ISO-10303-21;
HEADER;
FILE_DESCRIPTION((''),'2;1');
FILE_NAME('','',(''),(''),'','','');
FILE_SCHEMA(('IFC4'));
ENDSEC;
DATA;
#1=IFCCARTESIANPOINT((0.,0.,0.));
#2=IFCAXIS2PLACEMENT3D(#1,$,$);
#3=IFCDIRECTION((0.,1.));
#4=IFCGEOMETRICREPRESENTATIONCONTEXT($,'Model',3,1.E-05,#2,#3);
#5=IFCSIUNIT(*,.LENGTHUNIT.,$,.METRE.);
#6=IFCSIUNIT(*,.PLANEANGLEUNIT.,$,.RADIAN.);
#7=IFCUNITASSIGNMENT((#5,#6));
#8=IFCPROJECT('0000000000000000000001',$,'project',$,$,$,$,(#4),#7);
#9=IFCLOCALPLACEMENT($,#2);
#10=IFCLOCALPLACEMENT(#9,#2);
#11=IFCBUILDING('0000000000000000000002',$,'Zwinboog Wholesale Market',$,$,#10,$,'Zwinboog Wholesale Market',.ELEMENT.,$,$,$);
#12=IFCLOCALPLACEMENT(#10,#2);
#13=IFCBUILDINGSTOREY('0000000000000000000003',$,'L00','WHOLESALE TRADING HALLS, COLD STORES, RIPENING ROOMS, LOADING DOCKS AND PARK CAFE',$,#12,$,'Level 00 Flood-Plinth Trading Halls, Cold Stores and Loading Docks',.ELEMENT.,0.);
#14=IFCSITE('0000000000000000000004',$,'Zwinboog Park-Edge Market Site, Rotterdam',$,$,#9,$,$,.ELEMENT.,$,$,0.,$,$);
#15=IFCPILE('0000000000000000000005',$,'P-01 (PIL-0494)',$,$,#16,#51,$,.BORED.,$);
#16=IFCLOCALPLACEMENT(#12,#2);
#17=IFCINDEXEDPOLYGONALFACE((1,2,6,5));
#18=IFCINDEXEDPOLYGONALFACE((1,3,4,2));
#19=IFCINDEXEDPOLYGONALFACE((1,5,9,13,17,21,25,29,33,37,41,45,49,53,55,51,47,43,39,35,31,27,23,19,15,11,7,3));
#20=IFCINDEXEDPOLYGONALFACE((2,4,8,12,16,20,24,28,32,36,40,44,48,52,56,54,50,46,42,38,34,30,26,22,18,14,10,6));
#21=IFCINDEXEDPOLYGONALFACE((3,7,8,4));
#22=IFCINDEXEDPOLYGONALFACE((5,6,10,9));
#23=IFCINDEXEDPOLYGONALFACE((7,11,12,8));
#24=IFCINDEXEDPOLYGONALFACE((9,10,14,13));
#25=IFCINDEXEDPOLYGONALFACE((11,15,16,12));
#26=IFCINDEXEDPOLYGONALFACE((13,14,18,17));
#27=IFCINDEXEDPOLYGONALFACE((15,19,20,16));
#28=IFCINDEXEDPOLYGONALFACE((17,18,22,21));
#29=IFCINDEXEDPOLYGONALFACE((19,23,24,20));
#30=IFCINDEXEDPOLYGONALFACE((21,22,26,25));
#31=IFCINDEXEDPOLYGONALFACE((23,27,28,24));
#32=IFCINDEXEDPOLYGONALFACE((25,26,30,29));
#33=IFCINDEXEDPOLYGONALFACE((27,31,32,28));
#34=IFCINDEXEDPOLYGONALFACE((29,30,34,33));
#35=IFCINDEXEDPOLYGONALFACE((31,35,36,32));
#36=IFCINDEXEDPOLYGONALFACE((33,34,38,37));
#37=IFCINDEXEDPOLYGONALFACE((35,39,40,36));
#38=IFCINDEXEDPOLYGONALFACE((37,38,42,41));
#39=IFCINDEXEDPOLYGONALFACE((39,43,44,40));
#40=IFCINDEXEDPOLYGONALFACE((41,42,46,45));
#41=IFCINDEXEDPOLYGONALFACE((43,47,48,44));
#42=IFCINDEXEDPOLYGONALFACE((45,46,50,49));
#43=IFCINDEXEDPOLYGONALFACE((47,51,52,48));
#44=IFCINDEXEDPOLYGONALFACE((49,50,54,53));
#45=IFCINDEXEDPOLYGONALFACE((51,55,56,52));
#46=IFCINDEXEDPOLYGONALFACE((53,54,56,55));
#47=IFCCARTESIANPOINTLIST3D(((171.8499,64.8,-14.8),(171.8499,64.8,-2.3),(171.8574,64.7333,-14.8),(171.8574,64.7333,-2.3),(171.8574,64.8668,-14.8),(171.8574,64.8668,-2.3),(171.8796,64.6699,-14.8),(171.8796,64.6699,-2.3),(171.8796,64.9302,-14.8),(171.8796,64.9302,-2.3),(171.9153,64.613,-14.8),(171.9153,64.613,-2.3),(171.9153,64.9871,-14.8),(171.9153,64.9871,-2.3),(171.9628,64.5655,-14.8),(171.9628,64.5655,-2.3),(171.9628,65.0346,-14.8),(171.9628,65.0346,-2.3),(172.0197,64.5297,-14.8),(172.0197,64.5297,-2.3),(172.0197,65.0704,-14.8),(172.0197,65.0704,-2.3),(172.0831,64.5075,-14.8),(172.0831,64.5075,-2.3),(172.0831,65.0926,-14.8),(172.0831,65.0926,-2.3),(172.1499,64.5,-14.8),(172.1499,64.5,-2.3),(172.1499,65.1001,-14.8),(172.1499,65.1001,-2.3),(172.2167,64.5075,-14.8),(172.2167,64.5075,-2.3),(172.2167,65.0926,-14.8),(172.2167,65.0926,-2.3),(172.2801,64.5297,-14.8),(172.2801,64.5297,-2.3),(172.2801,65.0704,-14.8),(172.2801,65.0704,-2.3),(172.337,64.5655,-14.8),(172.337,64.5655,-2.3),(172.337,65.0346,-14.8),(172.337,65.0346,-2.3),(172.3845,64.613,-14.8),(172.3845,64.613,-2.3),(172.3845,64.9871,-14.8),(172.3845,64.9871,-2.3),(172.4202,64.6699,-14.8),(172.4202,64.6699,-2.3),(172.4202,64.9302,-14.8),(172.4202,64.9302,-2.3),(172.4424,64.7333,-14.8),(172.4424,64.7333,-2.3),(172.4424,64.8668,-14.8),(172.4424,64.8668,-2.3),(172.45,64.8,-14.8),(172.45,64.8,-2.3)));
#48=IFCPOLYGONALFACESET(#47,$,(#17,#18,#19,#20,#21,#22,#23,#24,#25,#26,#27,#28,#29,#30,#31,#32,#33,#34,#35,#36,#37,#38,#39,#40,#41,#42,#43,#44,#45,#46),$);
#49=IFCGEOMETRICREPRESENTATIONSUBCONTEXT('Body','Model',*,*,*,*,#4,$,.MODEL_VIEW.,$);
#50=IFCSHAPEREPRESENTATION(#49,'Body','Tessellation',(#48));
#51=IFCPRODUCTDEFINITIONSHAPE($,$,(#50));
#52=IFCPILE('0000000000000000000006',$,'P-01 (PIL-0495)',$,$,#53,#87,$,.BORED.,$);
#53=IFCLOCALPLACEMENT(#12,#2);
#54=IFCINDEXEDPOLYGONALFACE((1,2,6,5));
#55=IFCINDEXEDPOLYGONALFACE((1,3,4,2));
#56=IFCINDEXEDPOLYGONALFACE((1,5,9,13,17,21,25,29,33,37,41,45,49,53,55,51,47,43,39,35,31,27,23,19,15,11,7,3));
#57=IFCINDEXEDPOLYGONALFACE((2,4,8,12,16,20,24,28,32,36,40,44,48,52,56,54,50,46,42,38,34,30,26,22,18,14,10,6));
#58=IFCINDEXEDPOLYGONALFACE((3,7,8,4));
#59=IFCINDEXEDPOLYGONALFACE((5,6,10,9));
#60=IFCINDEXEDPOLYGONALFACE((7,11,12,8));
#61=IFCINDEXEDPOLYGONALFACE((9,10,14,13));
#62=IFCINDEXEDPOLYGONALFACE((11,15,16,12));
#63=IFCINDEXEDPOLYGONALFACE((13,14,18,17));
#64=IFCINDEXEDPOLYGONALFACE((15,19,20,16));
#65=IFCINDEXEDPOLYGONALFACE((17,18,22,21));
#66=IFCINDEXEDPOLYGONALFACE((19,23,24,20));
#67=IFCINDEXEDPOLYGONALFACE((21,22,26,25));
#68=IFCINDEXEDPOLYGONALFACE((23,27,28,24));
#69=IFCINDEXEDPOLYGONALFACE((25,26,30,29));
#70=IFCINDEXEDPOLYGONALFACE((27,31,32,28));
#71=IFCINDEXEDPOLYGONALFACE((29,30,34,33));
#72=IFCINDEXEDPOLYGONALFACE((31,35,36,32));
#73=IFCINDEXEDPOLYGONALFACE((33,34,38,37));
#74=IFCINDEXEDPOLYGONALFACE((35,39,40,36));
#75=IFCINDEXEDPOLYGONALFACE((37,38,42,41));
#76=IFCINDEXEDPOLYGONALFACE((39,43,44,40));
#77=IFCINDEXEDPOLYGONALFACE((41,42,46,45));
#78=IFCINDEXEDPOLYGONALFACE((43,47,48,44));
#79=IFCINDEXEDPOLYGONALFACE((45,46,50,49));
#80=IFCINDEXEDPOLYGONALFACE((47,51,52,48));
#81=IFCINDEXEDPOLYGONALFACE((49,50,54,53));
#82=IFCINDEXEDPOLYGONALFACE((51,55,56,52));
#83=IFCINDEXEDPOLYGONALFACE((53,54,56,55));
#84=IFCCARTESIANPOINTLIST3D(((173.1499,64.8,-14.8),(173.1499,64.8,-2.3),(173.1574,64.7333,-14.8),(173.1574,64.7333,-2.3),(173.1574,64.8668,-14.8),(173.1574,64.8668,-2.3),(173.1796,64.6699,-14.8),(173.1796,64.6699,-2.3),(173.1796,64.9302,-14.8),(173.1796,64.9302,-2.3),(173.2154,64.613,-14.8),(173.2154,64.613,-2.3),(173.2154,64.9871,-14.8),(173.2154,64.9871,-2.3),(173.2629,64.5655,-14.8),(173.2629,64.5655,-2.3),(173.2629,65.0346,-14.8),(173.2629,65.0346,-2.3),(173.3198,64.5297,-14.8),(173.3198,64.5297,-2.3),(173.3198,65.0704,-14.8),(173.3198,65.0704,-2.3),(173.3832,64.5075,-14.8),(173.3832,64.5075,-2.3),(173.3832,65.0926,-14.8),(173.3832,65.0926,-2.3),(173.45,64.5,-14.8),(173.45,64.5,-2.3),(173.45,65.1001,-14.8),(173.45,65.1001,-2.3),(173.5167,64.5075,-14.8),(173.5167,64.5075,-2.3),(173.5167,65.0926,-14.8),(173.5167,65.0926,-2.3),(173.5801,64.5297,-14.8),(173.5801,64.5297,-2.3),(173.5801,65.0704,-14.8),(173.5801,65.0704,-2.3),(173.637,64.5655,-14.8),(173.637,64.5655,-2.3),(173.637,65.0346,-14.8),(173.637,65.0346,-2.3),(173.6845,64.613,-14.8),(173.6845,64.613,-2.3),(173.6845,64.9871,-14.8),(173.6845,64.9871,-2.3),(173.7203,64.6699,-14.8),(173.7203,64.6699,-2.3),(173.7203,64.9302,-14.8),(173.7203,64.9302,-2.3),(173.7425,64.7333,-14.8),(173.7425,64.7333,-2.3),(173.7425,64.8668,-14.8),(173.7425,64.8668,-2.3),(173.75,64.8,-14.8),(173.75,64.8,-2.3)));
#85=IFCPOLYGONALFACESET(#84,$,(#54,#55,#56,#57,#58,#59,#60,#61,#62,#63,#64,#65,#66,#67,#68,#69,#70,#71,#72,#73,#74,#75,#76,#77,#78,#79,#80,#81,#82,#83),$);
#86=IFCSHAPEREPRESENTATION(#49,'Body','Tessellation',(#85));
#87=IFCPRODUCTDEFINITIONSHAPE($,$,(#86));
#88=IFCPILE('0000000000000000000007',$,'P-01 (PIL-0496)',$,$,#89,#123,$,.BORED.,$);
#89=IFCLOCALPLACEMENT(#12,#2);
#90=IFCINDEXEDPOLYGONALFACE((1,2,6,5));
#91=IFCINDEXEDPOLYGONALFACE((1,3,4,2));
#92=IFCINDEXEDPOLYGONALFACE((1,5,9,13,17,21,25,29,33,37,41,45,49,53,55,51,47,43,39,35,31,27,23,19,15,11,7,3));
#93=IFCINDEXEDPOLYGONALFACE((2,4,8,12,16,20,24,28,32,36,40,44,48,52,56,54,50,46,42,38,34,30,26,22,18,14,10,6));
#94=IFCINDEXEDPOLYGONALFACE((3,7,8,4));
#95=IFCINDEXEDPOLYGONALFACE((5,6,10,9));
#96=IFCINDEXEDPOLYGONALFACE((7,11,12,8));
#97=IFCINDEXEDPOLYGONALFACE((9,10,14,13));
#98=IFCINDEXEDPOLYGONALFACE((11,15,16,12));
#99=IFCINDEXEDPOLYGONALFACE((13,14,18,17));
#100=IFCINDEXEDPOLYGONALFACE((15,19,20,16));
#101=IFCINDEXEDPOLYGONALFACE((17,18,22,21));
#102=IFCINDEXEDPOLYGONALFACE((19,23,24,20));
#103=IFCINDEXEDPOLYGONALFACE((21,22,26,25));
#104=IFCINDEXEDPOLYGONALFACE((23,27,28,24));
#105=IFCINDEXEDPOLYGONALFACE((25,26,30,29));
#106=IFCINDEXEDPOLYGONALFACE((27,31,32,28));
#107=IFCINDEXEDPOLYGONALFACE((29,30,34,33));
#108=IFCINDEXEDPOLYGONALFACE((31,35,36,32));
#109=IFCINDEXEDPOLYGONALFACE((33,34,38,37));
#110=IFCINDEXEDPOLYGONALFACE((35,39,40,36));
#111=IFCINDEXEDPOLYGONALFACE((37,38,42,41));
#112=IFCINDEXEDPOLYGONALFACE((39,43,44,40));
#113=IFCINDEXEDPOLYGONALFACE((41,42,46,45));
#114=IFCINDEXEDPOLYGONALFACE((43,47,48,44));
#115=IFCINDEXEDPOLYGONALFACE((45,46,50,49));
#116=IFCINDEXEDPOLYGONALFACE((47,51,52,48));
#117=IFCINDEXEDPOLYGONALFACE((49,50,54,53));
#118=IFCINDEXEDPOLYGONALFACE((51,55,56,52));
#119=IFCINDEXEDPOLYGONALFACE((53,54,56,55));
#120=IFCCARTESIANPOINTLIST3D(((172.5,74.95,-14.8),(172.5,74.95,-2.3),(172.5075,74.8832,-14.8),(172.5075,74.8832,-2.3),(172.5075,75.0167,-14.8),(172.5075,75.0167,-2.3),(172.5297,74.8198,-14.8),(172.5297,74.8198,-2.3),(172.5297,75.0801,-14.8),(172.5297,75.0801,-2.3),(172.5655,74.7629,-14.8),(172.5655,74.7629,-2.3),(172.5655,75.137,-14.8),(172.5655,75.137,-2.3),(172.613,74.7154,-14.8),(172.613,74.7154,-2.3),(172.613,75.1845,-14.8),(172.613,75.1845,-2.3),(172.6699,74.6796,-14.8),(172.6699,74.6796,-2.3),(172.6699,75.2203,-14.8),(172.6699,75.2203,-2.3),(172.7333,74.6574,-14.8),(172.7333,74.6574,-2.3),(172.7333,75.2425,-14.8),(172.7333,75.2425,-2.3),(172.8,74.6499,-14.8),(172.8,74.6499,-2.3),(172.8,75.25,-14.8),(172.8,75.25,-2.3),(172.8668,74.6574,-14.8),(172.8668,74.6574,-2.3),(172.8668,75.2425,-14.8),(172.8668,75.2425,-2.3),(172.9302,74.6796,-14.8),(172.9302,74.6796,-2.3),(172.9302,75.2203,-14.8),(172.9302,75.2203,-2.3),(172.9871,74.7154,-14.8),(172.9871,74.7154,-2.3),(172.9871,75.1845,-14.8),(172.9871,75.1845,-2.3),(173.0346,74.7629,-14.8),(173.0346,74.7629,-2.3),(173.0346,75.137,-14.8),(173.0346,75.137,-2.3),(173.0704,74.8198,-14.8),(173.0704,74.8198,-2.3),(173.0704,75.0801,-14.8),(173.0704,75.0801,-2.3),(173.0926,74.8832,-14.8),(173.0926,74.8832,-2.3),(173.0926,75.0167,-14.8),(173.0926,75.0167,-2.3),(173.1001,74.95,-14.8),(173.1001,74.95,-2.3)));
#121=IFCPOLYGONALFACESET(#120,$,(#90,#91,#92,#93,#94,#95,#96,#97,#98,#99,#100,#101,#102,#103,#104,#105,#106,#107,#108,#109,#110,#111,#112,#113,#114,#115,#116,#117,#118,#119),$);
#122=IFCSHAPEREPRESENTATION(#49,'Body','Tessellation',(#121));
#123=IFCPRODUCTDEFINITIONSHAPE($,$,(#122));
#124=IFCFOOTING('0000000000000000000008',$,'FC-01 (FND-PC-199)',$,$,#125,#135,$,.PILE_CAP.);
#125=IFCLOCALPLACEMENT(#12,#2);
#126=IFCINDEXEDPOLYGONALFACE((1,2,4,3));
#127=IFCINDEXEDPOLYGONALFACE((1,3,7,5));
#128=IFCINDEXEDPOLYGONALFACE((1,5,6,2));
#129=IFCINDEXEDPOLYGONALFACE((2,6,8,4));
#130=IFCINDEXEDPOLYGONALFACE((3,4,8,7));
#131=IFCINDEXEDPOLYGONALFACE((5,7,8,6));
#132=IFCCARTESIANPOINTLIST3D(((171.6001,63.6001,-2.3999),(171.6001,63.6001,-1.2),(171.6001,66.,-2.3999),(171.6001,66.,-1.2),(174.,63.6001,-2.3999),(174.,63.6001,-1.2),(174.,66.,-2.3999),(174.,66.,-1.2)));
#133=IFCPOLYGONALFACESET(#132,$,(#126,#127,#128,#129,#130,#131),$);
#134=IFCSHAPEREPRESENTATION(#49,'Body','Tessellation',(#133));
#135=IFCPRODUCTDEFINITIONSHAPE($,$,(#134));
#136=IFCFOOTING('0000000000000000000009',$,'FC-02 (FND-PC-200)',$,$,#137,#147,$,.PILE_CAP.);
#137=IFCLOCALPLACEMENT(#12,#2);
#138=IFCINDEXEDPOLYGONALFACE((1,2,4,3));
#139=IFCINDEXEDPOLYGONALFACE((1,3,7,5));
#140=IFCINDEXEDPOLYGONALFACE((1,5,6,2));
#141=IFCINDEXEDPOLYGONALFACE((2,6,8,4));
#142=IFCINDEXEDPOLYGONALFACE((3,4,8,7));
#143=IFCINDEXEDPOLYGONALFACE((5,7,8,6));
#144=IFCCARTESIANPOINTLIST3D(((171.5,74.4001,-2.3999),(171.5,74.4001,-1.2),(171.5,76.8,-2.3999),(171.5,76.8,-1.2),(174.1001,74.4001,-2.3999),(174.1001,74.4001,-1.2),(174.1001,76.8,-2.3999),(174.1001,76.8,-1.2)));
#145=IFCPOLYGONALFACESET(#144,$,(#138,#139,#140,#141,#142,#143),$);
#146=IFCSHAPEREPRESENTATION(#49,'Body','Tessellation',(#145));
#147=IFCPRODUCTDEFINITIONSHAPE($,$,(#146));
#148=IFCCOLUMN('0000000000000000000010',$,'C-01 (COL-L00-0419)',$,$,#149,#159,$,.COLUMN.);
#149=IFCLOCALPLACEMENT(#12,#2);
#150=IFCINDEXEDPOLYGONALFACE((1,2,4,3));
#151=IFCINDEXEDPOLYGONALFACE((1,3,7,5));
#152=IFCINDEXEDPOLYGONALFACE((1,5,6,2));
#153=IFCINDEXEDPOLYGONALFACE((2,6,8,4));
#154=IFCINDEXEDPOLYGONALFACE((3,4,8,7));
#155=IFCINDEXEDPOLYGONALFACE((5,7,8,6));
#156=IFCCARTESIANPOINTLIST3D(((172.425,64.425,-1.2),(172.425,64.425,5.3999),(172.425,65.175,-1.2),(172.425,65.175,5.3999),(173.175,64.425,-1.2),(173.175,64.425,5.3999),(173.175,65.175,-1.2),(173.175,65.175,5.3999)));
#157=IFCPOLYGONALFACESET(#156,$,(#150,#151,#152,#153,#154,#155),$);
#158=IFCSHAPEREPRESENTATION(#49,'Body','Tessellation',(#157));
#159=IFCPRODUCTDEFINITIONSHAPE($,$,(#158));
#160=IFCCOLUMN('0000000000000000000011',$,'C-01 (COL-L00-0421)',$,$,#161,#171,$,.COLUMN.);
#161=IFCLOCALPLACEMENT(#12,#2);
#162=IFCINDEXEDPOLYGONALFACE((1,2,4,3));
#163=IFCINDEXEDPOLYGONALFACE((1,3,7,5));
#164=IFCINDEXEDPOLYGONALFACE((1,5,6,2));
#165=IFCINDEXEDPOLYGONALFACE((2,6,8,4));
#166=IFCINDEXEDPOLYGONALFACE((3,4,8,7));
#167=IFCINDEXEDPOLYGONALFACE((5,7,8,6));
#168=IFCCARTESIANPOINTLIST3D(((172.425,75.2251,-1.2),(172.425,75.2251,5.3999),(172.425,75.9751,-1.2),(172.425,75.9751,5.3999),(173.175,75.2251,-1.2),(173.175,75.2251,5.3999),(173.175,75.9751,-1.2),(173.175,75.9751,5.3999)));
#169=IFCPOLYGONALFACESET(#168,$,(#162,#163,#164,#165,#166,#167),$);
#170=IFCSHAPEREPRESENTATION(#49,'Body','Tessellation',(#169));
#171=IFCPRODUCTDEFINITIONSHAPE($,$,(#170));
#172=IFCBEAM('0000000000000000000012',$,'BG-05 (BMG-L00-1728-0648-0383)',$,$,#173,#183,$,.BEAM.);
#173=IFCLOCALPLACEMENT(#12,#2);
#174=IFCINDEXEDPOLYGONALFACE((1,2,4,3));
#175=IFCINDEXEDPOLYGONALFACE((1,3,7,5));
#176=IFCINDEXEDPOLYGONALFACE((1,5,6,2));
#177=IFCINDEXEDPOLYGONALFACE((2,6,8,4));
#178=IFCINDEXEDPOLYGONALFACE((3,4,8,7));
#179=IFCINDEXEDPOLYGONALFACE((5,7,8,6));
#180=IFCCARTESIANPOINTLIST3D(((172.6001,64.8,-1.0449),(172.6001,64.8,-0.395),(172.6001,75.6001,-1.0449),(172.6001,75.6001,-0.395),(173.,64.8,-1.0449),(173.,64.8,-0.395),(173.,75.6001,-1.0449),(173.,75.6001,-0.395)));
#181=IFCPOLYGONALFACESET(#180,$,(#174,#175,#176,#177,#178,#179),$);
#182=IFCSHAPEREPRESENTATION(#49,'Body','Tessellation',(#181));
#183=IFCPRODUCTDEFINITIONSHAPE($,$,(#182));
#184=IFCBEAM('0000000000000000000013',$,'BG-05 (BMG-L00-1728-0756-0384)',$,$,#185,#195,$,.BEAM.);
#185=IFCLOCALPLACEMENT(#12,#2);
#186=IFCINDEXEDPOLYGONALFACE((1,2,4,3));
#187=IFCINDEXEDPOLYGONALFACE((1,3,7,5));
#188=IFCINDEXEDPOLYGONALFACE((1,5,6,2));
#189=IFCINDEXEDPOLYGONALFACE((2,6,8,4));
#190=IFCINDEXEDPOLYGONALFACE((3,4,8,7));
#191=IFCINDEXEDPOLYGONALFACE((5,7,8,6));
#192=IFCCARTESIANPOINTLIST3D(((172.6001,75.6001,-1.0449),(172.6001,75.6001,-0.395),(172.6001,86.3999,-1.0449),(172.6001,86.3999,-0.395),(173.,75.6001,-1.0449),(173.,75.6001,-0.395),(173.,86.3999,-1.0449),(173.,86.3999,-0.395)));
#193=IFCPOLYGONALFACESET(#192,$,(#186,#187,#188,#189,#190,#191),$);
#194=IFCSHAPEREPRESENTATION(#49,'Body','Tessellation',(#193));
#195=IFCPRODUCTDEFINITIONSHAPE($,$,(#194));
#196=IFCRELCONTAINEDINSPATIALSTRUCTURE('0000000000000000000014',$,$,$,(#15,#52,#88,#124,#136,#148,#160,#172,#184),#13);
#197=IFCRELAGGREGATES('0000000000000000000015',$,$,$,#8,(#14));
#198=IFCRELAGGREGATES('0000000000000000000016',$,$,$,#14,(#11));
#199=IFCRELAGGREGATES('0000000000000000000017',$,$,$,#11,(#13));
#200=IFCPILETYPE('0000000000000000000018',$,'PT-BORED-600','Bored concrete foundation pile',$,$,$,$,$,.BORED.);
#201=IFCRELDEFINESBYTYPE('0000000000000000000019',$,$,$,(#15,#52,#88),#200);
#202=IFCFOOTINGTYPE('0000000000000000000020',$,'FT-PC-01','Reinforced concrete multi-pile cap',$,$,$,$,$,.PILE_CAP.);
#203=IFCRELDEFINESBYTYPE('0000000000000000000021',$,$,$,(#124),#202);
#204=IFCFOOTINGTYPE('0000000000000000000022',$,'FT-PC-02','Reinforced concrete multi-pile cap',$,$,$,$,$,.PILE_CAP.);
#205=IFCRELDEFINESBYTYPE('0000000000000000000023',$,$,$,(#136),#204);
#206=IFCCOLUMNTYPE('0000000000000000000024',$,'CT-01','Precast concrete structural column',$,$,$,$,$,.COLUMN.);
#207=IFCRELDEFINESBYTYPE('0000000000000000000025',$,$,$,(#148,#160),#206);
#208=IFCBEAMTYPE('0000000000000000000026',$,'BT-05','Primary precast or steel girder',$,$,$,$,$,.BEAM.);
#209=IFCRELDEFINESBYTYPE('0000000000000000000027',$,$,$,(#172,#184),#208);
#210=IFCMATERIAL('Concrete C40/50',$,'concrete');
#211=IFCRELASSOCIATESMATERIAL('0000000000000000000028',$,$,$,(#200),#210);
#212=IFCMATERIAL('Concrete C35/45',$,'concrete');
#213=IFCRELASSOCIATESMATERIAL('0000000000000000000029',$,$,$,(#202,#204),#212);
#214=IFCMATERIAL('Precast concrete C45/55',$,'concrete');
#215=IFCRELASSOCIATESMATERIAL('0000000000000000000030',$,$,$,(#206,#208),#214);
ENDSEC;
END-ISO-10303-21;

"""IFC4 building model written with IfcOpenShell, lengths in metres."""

from ifc_helpers import new_model, si_unit, direction, frame, origin, origin_2d, place, context, subcontext, project, spatial, rectangle, circle, extrude, material, material_profile, profile_set, type_object, element, save


model = new_model("IFC4")

# Units and contexts
model_context = context("Model", 3, precision=1e-05, world=origin(), true_north=direction((0.0, 1.0)))
body_context = subcontext(model_context, "Body", "Model", "MODEL_VIEW")
ifc_project = project(units=[si_unit("LENGTHUNIT", "METRE"), si_unit("PLANEANGLEUNIT", "RADIAN")], contexts=[model_context])

# Site, building, storey
site_placement = place(None, origin())
site = spatial("IfcSite", under=ifc_project, at=site_placement, Name="Zwinboog Park-Edge Market Site, Rotterdam", CompositionType="ELEMENT", RefElevation=0.0)
building_placement = place(site_placement, origin())
building = spatial("IfcBuilding", under=site, at=building_placement, Name="Zwinboog Wholesale Market", LongName="Zwinboog Wholesale Market", CompositionType="ELEMENT")
storey_placement = place(building_placement, origin())
storey = spatial("IfcBuildingStorey", under=building, at=storey_placement, Name="L00", Description="WHOLESALE TRADING HALLS, COLD STORES, RIPENING ROOMS, LOADING DOCKS AND PARK CAFE", LongName="Level 00 Flood-Plinth Trading Halls, Cold Stores and Loading Docks", CompositionType="ELEMENT", Elevation=0.0)

# Piles
ifc_material_1 = material(Name="Concrete C40/50", Category="concrete")
ifc_material_profile_1 = material_profile(ifc_material_1, circle(Radius=0.3, at=origin_2d()), Name="PILE D600")
ifc_profile_set_1 = profile_set([ifc_material_profile_1], Name="Concrete C40/50")
pile_type = type_object("IfcPileType", Name="PT-BORED-600", Description="Bored concrete foundation pile", PredefinedType="BORED", material=ifc_profile_set_1)
for number, where, z_axis, x_axis, name in (
    (1, (172.1499, 64.8, -2.3), (0.0, 0.0, -1.0), (1.0, 0.0, 0.0), "P-01 (PIL-0494)"),
    (2, (173.45, 64.8, -2.3), (0.0, 0.0, -1.0), (1.0, 0.0, 0.0), "P-01 (PIL-0495)"),
    (3, (172.8, 74.95, -2.3), (0.0, 0.0, -1.0), (1.0, 0.0, 0.0), "P-01 (PIL-0496)"),
):
    element("IfcPile", number, at=place(storey_placement, frame(where, z_axis=z_axis, x_axis=x_axis)), inside=storey, type_object=pile_type, Name=name, PredefinedType="BORED", context=body_context, shape_type="SweptSolid", body=[
        extrude(circle(Radius=0.3, at=origin_2d()), origin(), (0.0, 0.0, 1.0), 12.5),
    ])

# Footings
ifc_material_2 = material(Name="Concrete C35/45", Category="concrete")
footing_type_1 = type_object("IfcFootingType", Name="FT-PC-01", Description="Reinforced concrete multi-pile cap", PredefinedType="PILE_CAP", material=ifc_material_2)
footing_1_placement = place(storey_placement, frame((172.8, 64.8, -2.3999), z_axis=(0.0, 0.0, 1.0), x_axis=(1.0, 0.0, 0.0)))
element("IfcFooting", 4, at=footing_1_placement, inside=storey, type_object=footing_type_1, Name="FC-01 (FND-PC-199)", PredefinedType="PILE_CAP", context=body_context, shape_type="SweptSolid", body=[
    extrude(rectangle(XDim=2.3999, YDim=2.3999, at=origin_2d()), origin(), (0.0, 0.0, 1.0), 1.2),
])
footing_type_2 = type_object("IfcFootingType", Name="FT-PC-02", Description="Reinforced concrete multi-pile cap", PredefinedType="PILE_CAP", material=ifc_material_2)
footing_2_placement = place(storey_placement, frame((172.8, 75.6001, -2.3999), z_axis=(0.0, 0.0, 1.0), x_axis=(1.0, 0.0, 0.0)))
element("IfcFooting", 5, at=footing_2_placement, inside=storey, type_object=footing_type_2, Name="FC-02 (FND-PC-200)", PredefinedType="PILE_CAP", context=body_context, shape_type="SweptSolid", body=[
    extrude(rectangle(XDim=2.6001, YDim=2.3999, at=origin_2d()), origin(), (0.0, 0.0, 1.0), 1.2),
])

# Columns
ifc_material_3 = material(Name="Precast concrete C45/55", Category="concrete")
ifc_material_profile_2 = material_profile(ifc_material_3, rectangle(XDim=0.75, YDim=0.75, at=origin_2d()), Name="PC 750x750")
ifc_profile_set_2 = profile_set([ifc_material_profile_2], Name="Precast concrete C45/55")
column_type = type_object("IfcColumnType", Name="CT-01", Description="Precast concrete structural column", PredefinedType="COLUMN", material=ifc_profile_set_2)
for number, where, z_axis, x_axis, name in (
    (6, (172.8, 64.8, -1.2), (0.0, 0.0, 1.0), (1.0, 0.0, 0.0), "C-01 (COL-L00-0419)"),
    (7, (172.8, 75.6001, -1.2), (0.0, 0.0, 1.0), (1.0, 0.0, 0.0), "C-01 (COL-L00-0421)"),
):
    element("IfcColumn", number, at=place(storey_placement, frame(where, z_axis=z_axis, x_axis=x_axis)), inside=storey, type_object=column_type, Name=name, PredefinedType="COLUMN", context=body_context, shape_type="SweptSolid", body=[
        extrude(rectangle(XDim=0.75, YDim=0.75, at=origin_2d()), origin(), (0.0, 0.0, 1.0), 6.5999),
    ])

# Beams
ifc_material_profile_3 = material_profile(ifc_material_3, rectangle(XDim=0.3999, YDim=0.6499, at=origin_2d()), Name="PC 400x650")
ifc_profile_set_3 = profile_set([ifc_material_profile_3], Name="Precast concrete C45/55")
beam_type_1 = type_object("IfcBeamType", Name="BT-05", Description="Primary precast or steel girder", PredefinedType="BEAM", material=ifc_profile_set_3)
beam_1_placement = place(storey_placement, frame((172.8, 64.8, -0.72), z_axis=(0.0, 1.0, 0.0), x_axis=(-1.0, 0.0, 0.0)))
element("IfcBeam", 8, at=beam_1_placement, inside=storey, type_object=beam_type_1, Name="BG-05 (BMG-L00-1728-0648-0383)", PredefinedType="BEAM", context=body_context, shape_type="SweptSolid", body=[
    extrude(rectangle(XDim=0.3999, YDim=0.6499, at=origin_2d()), origin(), (0.0, 0.0, 1.0), 10.8),
])
beam_2_placement = place(storey_placement, frame((172.8, 75.6001, -0.72), z_axis=(0.0, 1.0, 0.0), x_axis=(-1.0, 0.0, 0.0)))
element("IfcBeam", 9, at=beam_2_placement, inside=storey, type_object=beam_type_1, Name="BG-05 (BMG-L00-1728-0756-0384)", PredefinedType="BEAM", context=body_context, shape_type="SweptSolid", body=[
    extrude(rectangle(XDim=0.3999, YDim=0.6499, at=origin_2d()), origin(), (0.0, 0.0, 1.0), 10.7998),
])

save(model, "model.ifc")
